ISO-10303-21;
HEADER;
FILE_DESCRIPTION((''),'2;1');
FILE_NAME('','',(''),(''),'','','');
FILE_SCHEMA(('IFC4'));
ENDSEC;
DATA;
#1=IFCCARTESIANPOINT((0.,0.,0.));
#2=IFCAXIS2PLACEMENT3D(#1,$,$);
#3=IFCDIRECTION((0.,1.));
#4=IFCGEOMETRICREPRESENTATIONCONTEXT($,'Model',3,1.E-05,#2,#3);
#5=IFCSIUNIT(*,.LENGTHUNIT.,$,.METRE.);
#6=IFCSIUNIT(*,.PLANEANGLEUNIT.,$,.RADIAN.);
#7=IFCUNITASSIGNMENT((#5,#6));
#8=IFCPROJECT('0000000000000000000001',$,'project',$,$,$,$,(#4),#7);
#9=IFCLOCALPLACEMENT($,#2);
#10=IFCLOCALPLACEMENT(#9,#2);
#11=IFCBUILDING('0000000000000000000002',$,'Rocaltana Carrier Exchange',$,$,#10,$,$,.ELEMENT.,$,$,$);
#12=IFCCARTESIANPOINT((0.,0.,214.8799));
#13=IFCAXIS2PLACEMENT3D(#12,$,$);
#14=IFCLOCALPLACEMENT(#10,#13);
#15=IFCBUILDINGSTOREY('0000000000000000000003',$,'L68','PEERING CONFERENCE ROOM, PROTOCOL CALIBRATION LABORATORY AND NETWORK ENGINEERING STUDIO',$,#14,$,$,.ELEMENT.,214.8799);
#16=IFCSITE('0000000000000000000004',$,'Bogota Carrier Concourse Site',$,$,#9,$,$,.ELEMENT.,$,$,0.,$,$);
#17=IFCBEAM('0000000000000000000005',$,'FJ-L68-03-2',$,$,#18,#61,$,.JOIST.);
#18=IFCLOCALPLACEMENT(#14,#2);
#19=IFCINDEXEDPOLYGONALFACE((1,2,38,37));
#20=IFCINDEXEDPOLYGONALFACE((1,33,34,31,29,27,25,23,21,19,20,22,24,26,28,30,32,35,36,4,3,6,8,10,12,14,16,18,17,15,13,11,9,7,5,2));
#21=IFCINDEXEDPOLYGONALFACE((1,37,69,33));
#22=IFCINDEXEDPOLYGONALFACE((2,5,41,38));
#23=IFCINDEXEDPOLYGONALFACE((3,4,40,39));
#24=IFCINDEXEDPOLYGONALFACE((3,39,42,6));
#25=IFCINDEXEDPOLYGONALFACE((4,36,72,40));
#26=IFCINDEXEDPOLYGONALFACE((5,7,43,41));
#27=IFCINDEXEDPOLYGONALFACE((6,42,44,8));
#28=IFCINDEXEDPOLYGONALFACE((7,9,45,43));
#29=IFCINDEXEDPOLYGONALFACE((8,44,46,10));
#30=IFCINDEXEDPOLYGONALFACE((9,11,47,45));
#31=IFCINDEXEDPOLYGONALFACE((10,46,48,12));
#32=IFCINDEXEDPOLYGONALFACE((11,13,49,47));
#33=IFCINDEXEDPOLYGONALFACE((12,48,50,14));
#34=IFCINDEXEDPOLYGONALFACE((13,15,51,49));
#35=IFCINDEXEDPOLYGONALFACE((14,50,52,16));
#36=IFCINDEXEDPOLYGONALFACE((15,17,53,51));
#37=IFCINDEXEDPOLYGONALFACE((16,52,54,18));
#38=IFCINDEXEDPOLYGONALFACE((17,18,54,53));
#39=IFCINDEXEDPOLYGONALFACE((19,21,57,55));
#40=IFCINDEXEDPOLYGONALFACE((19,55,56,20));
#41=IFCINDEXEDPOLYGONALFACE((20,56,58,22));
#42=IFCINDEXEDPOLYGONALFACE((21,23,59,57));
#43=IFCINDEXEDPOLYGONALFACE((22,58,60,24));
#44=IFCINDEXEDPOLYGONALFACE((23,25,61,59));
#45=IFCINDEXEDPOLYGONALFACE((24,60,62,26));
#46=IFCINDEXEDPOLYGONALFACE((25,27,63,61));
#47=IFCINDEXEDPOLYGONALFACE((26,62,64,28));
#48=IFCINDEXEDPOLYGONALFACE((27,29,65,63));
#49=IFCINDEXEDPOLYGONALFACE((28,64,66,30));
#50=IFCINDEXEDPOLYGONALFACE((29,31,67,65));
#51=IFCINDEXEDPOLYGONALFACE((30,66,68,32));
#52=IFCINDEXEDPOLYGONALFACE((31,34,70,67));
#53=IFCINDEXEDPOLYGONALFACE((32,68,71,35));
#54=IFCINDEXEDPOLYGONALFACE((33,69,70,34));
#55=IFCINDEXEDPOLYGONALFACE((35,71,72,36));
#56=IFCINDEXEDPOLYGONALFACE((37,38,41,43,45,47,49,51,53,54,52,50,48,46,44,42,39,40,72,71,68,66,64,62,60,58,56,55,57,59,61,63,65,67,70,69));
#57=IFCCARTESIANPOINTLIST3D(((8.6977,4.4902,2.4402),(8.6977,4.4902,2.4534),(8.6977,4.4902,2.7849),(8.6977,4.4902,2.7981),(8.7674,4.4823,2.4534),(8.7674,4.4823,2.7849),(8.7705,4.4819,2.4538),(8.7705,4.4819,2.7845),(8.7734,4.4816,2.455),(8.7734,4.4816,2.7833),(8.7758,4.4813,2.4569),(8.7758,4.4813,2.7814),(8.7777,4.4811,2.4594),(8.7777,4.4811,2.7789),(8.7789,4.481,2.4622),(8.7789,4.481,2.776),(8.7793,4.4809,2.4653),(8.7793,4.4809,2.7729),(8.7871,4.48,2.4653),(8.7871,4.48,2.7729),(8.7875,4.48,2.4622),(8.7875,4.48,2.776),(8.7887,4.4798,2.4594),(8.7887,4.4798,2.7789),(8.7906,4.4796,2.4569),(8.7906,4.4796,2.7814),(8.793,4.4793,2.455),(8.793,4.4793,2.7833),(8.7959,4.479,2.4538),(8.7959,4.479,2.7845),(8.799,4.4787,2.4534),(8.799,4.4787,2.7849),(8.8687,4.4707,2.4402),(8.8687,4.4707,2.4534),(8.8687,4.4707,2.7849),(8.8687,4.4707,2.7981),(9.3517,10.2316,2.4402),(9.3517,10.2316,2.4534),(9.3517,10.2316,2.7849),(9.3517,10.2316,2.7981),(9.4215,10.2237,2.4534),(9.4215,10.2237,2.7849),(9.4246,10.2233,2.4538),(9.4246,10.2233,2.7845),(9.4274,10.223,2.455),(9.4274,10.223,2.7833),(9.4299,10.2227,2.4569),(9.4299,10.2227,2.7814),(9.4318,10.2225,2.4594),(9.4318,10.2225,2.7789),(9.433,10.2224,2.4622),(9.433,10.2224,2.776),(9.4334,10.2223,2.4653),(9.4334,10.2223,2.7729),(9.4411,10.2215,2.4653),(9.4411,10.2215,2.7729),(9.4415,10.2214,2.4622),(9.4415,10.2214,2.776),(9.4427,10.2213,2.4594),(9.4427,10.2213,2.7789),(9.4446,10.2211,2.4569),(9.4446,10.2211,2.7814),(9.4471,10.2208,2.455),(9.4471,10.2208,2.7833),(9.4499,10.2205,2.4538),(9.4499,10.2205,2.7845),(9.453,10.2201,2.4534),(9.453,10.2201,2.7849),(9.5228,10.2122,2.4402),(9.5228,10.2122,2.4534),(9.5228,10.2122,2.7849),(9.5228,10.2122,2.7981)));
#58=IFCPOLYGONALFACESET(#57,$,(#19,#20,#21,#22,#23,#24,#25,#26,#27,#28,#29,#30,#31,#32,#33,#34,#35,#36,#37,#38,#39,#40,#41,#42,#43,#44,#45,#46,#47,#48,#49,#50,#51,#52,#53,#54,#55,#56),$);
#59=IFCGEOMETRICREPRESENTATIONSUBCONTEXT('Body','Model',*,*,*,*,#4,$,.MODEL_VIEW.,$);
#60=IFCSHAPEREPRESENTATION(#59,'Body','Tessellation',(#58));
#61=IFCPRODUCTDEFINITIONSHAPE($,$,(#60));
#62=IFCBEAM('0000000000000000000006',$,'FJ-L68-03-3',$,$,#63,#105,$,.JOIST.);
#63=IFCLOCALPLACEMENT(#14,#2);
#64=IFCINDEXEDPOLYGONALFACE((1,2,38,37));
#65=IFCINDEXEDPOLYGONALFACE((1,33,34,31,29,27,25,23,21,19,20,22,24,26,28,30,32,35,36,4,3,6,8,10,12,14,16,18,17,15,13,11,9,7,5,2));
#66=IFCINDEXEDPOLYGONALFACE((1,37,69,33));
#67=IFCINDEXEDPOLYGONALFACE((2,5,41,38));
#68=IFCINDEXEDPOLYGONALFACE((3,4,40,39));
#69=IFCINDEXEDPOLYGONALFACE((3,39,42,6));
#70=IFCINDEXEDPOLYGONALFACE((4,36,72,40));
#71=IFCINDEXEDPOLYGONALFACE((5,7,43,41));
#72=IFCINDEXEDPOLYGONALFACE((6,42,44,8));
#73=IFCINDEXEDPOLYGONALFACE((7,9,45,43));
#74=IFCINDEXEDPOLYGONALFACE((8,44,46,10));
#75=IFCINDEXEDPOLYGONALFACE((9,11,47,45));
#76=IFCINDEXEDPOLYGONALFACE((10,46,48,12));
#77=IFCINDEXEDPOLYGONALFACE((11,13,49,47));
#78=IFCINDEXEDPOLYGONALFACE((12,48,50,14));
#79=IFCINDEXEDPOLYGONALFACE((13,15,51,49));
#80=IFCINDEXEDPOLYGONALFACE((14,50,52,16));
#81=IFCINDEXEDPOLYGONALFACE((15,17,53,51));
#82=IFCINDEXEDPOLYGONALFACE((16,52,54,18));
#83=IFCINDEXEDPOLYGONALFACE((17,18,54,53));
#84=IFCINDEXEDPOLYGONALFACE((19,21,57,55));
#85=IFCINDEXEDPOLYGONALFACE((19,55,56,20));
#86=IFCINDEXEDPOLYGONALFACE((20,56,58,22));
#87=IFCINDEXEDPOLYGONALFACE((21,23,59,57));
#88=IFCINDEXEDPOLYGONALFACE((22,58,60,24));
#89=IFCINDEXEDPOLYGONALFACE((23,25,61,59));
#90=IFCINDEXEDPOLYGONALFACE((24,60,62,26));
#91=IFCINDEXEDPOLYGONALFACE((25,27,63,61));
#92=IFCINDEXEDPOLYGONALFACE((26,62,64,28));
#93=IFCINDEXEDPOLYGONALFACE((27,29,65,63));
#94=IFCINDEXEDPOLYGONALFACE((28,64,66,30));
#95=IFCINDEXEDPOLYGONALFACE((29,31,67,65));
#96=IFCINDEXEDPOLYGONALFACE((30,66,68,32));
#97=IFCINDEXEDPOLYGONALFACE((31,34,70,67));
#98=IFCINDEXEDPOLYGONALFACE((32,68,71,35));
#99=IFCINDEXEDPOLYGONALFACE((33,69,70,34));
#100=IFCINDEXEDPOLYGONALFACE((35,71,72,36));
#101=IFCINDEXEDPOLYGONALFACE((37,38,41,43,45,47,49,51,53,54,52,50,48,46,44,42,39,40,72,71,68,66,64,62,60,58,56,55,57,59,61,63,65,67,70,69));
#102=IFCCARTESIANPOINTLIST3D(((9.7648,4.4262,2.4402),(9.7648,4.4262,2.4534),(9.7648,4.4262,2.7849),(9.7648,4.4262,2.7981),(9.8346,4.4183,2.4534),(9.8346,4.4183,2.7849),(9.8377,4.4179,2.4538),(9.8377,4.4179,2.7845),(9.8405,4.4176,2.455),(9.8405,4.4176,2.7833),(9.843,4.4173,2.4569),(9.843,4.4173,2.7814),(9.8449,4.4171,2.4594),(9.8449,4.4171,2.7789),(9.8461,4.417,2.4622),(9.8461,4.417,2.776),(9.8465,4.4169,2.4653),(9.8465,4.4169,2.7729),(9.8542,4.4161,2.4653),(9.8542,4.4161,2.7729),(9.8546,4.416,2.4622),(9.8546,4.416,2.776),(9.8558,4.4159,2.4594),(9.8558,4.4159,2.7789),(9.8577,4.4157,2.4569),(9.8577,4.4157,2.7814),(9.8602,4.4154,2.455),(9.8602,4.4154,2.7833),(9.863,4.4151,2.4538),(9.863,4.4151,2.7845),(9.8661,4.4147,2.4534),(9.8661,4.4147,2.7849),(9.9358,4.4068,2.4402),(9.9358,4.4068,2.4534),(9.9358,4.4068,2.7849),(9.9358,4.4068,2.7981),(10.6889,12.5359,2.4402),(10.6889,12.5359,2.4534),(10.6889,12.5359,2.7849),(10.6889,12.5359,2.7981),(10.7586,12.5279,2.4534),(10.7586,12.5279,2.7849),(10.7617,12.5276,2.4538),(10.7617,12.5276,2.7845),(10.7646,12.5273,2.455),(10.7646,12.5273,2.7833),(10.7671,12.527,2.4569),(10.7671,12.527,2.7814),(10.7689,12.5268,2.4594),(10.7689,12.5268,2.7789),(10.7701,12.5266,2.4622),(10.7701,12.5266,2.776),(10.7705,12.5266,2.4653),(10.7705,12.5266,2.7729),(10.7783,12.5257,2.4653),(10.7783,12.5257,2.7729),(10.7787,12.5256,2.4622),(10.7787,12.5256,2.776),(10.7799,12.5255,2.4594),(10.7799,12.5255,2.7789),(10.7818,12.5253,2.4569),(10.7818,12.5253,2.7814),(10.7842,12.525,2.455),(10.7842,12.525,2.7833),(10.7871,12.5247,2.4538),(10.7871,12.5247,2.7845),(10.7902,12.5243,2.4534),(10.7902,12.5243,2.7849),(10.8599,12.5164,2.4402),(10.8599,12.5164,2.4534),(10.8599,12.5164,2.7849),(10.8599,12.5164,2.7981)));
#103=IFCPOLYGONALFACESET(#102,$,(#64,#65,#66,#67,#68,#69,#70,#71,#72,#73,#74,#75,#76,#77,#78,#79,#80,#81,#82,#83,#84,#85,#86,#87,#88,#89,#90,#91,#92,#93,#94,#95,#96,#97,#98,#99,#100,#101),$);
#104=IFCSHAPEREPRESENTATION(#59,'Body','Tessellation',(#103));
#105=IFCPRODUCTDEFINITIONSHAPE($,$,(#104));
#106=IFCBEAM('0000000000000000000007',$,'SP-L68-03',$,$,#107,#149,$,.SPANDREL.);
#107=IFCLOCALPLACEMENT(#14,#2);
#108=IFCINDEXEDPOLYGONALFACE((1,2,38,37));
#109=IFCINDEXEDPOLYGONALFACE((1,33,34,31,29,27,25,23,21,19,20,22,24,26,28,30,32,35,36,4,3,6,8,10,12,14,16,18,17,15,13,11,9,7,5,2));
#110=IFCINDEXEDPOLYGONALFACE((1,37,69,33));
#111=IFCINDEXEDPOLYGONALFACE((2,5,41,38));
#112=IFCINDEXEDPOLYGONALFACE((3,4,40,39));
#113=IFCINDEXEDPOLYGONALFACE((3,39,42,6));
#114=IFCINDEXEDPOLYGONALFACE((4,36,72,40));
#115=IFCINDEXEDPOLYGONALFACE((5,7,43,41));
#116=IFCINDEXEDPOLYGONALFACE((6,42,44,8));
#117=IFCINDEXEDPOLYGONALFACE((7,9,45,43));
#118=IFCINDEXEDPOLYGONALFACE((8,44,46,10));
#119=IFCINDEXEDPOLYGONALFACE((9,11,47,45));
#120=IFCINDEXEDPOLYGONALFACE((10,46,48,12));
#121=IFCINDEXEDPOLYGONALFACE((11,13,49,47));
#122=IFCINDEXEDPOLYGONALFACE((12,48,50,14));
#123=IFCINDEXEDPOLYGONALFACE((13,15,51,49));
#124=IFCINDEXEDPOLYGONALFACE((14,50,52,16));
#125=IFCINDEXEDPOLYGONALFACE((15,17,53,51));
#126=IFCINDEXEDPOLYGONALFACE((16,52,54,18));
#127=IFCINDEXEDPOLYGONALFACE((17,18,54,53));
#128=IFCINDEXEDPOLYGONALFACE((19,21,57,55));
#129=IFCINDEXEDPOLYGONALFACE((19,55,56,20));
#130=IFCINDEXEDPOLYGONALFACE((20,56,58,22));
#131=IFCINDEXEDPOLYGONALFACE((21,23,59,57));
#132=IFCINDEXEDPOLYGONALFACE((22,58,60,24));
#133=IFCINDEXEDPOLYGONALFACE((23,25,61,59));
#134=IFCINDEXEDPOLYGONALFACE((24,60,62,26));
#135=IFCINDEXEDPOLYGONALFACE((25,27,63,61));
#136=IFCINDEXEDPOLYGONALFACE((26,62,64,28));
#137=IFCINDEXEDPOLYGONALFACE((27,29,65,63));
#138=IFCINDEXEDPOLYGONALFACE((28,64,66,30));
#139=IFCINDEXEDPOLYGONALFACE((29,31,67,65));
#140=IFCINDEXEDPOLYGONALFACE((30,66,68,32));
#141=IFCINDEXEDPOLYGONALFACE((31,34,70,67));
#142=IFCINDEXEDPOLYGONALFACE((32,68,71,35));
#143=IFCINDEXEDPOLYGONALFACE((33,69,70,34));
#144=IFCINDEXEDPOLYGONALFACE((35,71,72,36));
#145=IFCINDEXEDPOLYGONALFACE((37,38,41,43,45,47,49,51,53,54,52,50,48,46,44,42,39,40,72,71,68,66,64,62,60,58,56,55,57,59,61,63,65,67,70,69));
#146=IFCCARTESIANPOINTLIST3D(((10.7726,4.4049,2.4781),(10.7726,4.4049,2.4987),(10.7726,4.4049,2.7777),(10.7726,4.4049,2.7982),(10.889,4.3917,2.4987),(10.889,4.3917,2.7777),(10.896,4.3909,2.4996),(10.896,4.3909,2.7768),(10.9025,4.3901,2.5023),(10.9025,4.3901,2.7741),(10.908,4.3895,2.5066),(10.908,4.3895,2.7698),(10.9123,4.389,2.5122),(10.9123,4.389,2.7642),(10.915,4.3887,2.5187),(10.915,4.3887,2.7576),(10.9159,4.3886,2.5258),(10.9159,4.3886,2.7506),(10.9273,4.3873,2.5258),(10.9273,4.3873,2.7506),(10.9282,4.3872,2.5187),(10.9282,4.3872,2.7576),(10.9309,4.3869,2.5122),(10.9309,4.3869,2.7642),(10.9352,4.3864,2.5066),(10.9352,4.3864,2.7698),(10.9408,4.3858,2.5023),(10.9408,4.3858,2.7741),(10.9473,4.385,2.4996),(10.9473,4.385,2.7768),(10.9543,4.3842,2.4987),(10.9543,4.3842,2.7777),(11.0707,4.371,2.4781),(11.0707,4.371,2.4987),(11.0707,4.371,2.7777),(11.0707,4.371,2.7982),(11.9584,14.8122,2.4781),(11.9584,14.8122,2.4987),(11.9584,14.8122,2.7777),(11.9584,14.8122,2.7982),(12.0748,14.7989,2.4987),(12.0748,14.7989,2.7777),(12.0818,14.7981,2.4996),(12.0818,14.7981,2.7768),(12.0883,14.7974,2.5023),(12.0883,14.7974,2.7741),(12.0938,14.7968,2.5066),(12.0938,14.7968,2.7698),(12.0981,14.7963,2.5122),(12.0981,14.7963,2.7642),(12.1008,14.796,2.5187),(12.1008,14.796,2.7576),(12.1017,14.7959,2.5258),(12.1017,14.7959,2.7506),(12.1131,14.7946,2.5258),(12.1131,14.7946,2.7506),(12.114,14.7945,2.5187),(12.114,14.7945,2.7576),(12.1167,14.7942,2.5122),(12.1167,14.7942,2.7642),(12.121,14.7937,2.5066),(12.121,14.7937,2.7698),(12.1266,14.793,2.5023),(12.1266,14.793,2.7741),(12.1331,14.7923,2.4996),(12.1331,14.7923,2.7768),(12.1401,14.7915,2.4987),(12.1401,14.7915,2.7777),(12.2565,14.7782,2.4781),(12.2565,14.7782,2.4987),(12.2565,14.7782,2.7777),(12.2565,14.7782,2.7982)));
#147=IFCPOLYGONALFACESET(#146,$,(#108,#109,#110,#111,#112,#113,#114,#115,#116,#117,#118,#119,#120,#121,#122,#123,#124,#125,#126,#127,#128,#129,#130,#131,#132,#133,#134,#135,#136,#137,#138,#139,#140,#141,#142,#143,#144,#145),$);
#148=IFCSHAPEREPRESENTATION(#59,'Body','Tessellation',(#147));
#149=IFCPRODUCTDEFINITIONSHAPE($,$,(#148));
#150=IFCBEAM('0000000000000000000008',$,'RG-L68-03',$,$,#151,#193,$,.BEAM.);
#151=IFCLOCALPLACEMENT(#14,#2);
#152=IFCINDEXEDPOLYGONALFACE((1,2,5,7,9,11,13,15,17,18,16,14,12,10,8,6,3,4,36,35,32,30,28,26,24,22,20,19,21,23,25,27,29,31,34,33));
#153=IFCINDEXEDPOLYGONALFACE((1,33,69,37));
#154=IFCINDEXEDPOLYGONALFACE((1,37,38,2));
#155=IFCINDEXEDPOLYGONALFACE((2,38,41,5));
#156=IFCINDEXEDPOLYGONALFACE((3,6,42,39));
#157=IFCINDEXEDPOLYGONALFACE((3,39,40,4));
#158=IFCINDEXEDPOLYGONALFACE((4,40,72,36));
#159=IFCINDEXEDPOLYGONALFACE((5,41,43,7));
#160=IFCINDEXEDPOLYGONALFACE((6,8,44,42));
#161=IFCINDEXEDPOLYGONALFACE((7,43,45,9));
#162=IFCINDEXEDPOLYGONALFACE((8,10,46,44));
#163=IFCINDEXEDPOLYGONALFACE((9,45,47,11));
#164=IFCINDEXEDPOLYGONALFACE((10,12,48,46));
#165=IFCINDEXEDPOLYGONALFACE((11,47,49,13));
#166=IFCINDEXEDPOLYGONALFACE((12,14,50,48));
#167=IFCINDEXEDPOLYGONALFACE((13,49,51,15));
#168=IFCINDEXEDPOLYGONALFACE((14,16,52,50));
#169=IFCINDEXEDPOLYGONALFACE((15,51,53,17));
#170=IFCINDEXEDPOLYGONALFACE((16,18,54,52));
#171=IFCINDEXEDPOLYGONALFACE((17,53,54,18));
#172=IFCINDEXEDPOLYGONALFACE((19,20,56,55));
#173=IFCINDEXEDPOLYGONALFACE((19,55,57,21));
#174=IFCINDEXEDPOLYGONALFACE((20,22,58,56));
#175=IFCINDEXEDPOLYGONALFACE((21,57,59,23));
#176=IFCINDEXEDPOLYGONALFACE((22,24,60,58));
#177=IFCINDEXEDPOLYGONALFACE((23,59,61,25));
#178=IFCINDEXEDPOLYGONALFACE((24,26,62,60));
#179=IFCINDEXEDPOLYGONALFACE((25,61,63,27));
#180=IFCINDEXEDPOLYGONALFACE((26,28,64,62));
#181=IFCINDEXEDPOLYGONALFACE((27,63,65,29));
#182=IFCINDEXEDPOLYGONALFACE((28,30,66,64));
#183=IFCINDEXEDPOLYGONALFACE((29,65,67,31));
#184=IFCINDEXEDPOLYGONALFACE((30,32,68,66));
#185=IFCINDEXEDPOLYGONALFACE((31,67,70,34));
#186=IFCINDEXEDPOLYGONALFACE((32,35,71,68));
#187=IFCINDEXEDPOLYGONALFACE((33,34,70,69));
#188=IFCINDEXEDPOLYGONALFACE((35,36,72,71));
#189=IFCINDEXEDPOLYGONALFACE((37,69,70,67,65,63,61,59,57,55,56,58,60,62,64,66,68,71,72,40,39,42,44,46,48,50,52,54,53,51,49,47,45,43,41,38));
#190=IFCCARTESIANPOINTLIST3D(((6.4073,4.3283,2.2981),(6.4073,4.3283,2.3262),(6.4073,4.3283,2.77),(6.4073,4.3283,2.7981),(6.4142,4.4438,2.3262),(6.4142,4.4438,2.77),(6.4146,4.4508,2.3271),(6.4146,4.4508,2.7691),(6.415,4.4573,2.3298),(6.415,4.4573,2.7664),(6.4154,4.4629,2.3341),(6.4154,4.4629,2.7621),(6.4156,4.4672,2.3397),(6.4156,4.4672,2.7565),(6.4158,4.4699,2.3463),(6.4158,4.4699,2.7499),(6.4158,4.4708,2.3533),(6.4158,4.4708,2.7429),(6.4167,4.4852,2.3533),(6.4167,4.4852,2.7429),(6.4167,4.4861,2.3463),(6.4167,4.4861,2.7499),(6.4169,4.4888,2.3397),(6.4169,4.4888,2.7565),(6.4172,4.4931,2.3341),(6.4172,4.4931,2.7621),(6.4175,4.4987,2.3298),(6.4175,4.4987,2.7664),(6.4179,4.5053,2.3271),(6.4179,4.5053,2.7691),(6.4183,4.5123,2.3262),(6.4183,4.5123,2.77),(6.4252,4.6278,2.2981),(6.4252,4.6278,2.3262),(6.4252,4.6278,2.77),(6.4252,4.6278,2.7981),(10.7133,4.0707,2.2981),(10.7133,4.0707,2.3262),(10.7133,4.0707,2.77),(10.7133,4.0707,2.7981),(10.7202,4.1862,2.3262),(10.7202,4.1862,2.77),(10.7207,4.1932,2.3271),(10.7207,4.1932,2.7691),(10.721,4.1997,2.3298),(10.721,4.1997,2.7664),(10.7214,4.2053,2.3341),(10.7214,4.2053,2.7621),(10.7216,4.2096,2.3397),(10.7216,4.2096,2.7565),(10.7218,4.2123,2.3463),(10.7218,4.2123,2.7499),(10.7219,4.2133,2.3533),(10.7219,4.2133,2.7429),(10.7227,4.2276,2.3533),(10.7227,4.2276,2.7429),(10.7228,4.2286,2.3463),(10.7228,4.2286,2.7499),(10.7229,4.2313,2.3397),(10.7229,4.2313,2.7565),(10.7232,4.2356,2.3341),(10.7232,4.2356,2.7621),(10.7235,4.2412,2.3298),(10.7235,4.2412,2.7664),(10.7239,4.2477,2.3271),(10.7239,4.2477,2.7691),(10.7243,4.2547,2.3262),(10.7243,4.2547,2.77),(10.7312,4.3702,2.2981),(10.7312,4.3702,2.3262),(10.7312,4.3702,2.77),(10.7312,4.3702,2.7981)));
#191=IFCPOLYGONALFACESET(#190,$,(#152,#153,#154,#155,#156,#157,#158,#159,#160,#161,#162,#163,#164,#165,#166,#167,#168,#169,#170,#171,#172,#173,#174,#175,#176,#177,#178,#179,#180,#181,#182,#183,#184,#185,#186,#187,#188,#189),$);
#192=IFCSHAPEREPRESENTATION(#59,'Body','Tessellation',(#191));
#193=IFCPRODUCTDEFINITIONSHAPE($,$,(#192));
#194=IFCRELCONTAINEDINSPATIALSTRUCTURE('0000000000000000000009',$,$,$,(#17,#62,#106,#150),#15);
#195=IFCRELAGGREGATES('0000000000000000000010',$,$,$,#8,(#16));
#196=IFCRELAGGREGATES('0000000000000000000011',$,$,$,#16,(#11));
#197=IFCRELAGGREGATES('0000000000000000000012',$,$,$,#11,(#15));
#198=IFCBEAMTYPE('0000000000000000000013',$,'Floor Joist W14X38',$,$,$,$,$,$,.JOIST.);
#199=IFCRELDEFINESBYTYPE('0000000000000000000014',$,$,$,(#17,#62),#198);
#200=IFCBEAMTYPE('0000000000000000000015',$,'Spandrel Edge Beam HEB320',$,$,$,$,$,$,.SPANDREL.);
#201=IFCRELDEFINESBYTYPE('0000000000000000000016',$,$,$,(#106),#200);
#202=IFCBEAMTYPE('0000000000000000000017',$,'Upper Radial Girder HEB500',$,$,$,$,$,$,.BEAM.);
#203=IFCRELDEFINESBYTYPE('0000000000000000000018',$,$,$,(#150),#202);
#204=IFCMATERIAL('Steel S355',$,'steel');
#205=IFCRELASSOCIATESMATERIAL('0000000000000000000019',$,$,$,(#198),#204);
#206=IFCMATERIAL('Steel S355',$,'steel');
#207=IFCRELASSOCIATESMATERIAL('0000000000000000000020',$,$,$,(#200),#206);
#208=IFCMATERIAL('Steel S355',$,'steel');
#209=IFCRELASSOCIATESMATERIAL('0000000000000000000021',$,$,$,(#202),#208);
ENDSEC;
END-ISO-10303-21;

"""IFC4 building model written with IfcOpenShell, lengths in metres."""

from ifc_helpers import new_model, si_unit, direction, frame, origin, origin_2d, place, context, subcontext, project, spatial, i_section, extrude, material, material_profile, profile_set, type_object, element, save


model = new_model("IFC4")

# Units and contexts
model_context = context("Model", 3, precision=1e-05, world=origin(), true_north=direction((0.0, 1.0)))
body_context = subcontext(model_context, "Body", "Model", "MODEL_VIEW")
ifc_project = project(units=[si_unit("LENGTHUNIT", "METRE"), si_unit("PLANEANGLEUNIT", "RADIAN")], contexts=[model_context])

# Site, building, storey
site_placement = place(None, origin())
site = spatial("IfcSite", under=ifc_project, at=site_placement, Name="Bogota Carrier Concourse Site", CompositionType="ELEMENT", RefElevation=0.0)
building_placement = place(site_placement, origin())
building = spatial("IfcBuilding", under=site, at=building_placement, Name="Rocaltana Carrier Exchange", CompositionType="ELEMENT")
storey_placement = place(building_placement, frame((0.0, 0.0, 214.8799)))
storey = spatial("IfcBuildingStorey", under=building, at=storey_placement, Name="L68", Description="PEERING CONFERENCE ROOM, PROTOCOL CALIBRATION LABORATORY AND NETWORK ENGINEERING STUDIO", CompositionType="ELEMENT", Elevation=214.8799)

# Beams
ifc_material_1 = material(Name="Steel S355", Category="steel")
ifc_material_profile_1 = material_profile(ifc_material_1, i_section(OverallWidth=0.1721, OverallDepth=0.3579, WebThickness=0.0078, FlangeThickness=0.0132, FilletRadius=0.012, at=origin_2d()), Name="W14X38")
ifc_profile_set_1 = profile_set([ifc_material_profile_1], Name="Steel S355")
beam_type_1 = type_object("IfcBeamType", Name="Floor Joist W14X38", PredefinedType="JOIST", material=ifc_profile_set_1)
beam_1_placement = place(storey_placement, frame((8.7832, 4.4805, 2.6191), z_axis=(0.113186, 0.993574, 0.0), x_axis=(-0.993574, 0.113186, 0.0)))
element("IfcBeam", 1, at=beam_1_placement, inside=storey, type_object=beam_type_1, Name="FJ-L68-03-2", PredefinedType="JOIST", context=body_context, shape_type="SweptSolid", body=[
    extrude(i_section(OverallWidth=0.1721, OverallDepth=0.3579, WebThickness=0.0078, FlangeThickness=0.0132, FilletRadius=0.012, at=origin_2d()), origin(), (0.0, 0.0, 1.0), 5.7786),
])
beam_2_placement = place(storey_placement, frame((9.8503, 4.4165, 2.6191), z_axis=(0.113215, 0.993571, 0.0), x_axis=(-0.993571, 0.113215, 0.0)))
element("IfcBeam", 2, at=beam_2_placement, inside=storey, type_object=beam_type_1, Name="FJ-L68-03-3", PredefinedType="JOIST", context=body_context, shape_type="SweptSolid", body=[
    extrude(i_section(OverallWidth=0.1721, OverallDepth=0.3579, WebThickness=0.0078, FlangeThickness=0.0132, FilletRadius=0.012, at=origin_2d()), origin(), (0.0, 0.0, 1.0), 8.1621),
])
ifc_material_2 = material(Name="Steel S355", Category="steel")
ifc_material_profile_2 = material_profile(ifc_material_2, i_section(OverallWidth=0.3, OverallDepth=0.3201, WebThickness=0.0115, FlangeThickness=0.0205, FilletRadius=0.0271, at=origin_2d()), Name="HEB320")
ifc_profile_set_2 = profile_set([ifc_material_profile_2], Name="Steel S355")
beam_type_2 = type_object("IfcBeamType", Name="Spandrel Edge Beam HEB320", PredefinedType="SPANDREL", material=ifc_profile_set_2)
beam_3_placement = place(storey_placement, frame((10.9216, 4.3879, 2.6382), z_axis=(0.113207, 0.993571, 0.0), x_axis=(-0.993571, 0.113207, 0.0)))
element("IfcBeam", 3, at=beam_3_placement, inside=storey, type_object=beam_type_2, Name="SP-L68-03", PredefinedType="SPANDREL", context=body_context, shape_type="SweptSolid", body=[
    extrude(i_section(OverallWidth=0.3, OverallDepth=0.3201, WebThickness=0.0115, FlangeThickness=0.0205, FilletRadius=0.0271, at=origin_2d()), origin(), (0.0, 0.0, 1.0), 10.4746),
])
ifc_material_3 = material(Name="Steel S355", Category="steel")
ifc_material_profile_3 = material_profile(ifc_material_3, i_section(OverallWidth=0.3, OverallDepth=0.5, WebThickness=0.0144, FlangeThickness=0.0281, FilletRadius=0.0271, at=origin_2d()), Name="HEB500")
ifc_profile_set_3 = profile_set([ifc_material_profile_3], Name="Steel S355")
beam_type_3 = type_object("IfcBeamType", Name="Upper Radial Girder HEB500", PredefinedType="BEAM", material=ifc_profile_set_3)
beam_4_placement = place(storey_placement, frame((6.4163, 4.478, 2.5481), z_axis=(0.998216, -0.059711, 0.0), x_axis=(0.059711, 0.998216, 0.0)))
element("IfcBeam", 4, at=beam_4_placement, inside=storey, type_object=beam_type_3, Name="RG-L68-03", PredefinedType="BEAM", context=body_context, shape_type="SweptSolid", body=[
    extrude(i_section(OverallWidth=0.3, OverallDepth=0.5, WebThickness=0.0144, FlangeThickness=0.0281, FilletRadius=0.0271, at=origin_2d()), origin(), (0.0, 0.0, 1.0), 4.3137),
])

save(model, "model.ifc")
